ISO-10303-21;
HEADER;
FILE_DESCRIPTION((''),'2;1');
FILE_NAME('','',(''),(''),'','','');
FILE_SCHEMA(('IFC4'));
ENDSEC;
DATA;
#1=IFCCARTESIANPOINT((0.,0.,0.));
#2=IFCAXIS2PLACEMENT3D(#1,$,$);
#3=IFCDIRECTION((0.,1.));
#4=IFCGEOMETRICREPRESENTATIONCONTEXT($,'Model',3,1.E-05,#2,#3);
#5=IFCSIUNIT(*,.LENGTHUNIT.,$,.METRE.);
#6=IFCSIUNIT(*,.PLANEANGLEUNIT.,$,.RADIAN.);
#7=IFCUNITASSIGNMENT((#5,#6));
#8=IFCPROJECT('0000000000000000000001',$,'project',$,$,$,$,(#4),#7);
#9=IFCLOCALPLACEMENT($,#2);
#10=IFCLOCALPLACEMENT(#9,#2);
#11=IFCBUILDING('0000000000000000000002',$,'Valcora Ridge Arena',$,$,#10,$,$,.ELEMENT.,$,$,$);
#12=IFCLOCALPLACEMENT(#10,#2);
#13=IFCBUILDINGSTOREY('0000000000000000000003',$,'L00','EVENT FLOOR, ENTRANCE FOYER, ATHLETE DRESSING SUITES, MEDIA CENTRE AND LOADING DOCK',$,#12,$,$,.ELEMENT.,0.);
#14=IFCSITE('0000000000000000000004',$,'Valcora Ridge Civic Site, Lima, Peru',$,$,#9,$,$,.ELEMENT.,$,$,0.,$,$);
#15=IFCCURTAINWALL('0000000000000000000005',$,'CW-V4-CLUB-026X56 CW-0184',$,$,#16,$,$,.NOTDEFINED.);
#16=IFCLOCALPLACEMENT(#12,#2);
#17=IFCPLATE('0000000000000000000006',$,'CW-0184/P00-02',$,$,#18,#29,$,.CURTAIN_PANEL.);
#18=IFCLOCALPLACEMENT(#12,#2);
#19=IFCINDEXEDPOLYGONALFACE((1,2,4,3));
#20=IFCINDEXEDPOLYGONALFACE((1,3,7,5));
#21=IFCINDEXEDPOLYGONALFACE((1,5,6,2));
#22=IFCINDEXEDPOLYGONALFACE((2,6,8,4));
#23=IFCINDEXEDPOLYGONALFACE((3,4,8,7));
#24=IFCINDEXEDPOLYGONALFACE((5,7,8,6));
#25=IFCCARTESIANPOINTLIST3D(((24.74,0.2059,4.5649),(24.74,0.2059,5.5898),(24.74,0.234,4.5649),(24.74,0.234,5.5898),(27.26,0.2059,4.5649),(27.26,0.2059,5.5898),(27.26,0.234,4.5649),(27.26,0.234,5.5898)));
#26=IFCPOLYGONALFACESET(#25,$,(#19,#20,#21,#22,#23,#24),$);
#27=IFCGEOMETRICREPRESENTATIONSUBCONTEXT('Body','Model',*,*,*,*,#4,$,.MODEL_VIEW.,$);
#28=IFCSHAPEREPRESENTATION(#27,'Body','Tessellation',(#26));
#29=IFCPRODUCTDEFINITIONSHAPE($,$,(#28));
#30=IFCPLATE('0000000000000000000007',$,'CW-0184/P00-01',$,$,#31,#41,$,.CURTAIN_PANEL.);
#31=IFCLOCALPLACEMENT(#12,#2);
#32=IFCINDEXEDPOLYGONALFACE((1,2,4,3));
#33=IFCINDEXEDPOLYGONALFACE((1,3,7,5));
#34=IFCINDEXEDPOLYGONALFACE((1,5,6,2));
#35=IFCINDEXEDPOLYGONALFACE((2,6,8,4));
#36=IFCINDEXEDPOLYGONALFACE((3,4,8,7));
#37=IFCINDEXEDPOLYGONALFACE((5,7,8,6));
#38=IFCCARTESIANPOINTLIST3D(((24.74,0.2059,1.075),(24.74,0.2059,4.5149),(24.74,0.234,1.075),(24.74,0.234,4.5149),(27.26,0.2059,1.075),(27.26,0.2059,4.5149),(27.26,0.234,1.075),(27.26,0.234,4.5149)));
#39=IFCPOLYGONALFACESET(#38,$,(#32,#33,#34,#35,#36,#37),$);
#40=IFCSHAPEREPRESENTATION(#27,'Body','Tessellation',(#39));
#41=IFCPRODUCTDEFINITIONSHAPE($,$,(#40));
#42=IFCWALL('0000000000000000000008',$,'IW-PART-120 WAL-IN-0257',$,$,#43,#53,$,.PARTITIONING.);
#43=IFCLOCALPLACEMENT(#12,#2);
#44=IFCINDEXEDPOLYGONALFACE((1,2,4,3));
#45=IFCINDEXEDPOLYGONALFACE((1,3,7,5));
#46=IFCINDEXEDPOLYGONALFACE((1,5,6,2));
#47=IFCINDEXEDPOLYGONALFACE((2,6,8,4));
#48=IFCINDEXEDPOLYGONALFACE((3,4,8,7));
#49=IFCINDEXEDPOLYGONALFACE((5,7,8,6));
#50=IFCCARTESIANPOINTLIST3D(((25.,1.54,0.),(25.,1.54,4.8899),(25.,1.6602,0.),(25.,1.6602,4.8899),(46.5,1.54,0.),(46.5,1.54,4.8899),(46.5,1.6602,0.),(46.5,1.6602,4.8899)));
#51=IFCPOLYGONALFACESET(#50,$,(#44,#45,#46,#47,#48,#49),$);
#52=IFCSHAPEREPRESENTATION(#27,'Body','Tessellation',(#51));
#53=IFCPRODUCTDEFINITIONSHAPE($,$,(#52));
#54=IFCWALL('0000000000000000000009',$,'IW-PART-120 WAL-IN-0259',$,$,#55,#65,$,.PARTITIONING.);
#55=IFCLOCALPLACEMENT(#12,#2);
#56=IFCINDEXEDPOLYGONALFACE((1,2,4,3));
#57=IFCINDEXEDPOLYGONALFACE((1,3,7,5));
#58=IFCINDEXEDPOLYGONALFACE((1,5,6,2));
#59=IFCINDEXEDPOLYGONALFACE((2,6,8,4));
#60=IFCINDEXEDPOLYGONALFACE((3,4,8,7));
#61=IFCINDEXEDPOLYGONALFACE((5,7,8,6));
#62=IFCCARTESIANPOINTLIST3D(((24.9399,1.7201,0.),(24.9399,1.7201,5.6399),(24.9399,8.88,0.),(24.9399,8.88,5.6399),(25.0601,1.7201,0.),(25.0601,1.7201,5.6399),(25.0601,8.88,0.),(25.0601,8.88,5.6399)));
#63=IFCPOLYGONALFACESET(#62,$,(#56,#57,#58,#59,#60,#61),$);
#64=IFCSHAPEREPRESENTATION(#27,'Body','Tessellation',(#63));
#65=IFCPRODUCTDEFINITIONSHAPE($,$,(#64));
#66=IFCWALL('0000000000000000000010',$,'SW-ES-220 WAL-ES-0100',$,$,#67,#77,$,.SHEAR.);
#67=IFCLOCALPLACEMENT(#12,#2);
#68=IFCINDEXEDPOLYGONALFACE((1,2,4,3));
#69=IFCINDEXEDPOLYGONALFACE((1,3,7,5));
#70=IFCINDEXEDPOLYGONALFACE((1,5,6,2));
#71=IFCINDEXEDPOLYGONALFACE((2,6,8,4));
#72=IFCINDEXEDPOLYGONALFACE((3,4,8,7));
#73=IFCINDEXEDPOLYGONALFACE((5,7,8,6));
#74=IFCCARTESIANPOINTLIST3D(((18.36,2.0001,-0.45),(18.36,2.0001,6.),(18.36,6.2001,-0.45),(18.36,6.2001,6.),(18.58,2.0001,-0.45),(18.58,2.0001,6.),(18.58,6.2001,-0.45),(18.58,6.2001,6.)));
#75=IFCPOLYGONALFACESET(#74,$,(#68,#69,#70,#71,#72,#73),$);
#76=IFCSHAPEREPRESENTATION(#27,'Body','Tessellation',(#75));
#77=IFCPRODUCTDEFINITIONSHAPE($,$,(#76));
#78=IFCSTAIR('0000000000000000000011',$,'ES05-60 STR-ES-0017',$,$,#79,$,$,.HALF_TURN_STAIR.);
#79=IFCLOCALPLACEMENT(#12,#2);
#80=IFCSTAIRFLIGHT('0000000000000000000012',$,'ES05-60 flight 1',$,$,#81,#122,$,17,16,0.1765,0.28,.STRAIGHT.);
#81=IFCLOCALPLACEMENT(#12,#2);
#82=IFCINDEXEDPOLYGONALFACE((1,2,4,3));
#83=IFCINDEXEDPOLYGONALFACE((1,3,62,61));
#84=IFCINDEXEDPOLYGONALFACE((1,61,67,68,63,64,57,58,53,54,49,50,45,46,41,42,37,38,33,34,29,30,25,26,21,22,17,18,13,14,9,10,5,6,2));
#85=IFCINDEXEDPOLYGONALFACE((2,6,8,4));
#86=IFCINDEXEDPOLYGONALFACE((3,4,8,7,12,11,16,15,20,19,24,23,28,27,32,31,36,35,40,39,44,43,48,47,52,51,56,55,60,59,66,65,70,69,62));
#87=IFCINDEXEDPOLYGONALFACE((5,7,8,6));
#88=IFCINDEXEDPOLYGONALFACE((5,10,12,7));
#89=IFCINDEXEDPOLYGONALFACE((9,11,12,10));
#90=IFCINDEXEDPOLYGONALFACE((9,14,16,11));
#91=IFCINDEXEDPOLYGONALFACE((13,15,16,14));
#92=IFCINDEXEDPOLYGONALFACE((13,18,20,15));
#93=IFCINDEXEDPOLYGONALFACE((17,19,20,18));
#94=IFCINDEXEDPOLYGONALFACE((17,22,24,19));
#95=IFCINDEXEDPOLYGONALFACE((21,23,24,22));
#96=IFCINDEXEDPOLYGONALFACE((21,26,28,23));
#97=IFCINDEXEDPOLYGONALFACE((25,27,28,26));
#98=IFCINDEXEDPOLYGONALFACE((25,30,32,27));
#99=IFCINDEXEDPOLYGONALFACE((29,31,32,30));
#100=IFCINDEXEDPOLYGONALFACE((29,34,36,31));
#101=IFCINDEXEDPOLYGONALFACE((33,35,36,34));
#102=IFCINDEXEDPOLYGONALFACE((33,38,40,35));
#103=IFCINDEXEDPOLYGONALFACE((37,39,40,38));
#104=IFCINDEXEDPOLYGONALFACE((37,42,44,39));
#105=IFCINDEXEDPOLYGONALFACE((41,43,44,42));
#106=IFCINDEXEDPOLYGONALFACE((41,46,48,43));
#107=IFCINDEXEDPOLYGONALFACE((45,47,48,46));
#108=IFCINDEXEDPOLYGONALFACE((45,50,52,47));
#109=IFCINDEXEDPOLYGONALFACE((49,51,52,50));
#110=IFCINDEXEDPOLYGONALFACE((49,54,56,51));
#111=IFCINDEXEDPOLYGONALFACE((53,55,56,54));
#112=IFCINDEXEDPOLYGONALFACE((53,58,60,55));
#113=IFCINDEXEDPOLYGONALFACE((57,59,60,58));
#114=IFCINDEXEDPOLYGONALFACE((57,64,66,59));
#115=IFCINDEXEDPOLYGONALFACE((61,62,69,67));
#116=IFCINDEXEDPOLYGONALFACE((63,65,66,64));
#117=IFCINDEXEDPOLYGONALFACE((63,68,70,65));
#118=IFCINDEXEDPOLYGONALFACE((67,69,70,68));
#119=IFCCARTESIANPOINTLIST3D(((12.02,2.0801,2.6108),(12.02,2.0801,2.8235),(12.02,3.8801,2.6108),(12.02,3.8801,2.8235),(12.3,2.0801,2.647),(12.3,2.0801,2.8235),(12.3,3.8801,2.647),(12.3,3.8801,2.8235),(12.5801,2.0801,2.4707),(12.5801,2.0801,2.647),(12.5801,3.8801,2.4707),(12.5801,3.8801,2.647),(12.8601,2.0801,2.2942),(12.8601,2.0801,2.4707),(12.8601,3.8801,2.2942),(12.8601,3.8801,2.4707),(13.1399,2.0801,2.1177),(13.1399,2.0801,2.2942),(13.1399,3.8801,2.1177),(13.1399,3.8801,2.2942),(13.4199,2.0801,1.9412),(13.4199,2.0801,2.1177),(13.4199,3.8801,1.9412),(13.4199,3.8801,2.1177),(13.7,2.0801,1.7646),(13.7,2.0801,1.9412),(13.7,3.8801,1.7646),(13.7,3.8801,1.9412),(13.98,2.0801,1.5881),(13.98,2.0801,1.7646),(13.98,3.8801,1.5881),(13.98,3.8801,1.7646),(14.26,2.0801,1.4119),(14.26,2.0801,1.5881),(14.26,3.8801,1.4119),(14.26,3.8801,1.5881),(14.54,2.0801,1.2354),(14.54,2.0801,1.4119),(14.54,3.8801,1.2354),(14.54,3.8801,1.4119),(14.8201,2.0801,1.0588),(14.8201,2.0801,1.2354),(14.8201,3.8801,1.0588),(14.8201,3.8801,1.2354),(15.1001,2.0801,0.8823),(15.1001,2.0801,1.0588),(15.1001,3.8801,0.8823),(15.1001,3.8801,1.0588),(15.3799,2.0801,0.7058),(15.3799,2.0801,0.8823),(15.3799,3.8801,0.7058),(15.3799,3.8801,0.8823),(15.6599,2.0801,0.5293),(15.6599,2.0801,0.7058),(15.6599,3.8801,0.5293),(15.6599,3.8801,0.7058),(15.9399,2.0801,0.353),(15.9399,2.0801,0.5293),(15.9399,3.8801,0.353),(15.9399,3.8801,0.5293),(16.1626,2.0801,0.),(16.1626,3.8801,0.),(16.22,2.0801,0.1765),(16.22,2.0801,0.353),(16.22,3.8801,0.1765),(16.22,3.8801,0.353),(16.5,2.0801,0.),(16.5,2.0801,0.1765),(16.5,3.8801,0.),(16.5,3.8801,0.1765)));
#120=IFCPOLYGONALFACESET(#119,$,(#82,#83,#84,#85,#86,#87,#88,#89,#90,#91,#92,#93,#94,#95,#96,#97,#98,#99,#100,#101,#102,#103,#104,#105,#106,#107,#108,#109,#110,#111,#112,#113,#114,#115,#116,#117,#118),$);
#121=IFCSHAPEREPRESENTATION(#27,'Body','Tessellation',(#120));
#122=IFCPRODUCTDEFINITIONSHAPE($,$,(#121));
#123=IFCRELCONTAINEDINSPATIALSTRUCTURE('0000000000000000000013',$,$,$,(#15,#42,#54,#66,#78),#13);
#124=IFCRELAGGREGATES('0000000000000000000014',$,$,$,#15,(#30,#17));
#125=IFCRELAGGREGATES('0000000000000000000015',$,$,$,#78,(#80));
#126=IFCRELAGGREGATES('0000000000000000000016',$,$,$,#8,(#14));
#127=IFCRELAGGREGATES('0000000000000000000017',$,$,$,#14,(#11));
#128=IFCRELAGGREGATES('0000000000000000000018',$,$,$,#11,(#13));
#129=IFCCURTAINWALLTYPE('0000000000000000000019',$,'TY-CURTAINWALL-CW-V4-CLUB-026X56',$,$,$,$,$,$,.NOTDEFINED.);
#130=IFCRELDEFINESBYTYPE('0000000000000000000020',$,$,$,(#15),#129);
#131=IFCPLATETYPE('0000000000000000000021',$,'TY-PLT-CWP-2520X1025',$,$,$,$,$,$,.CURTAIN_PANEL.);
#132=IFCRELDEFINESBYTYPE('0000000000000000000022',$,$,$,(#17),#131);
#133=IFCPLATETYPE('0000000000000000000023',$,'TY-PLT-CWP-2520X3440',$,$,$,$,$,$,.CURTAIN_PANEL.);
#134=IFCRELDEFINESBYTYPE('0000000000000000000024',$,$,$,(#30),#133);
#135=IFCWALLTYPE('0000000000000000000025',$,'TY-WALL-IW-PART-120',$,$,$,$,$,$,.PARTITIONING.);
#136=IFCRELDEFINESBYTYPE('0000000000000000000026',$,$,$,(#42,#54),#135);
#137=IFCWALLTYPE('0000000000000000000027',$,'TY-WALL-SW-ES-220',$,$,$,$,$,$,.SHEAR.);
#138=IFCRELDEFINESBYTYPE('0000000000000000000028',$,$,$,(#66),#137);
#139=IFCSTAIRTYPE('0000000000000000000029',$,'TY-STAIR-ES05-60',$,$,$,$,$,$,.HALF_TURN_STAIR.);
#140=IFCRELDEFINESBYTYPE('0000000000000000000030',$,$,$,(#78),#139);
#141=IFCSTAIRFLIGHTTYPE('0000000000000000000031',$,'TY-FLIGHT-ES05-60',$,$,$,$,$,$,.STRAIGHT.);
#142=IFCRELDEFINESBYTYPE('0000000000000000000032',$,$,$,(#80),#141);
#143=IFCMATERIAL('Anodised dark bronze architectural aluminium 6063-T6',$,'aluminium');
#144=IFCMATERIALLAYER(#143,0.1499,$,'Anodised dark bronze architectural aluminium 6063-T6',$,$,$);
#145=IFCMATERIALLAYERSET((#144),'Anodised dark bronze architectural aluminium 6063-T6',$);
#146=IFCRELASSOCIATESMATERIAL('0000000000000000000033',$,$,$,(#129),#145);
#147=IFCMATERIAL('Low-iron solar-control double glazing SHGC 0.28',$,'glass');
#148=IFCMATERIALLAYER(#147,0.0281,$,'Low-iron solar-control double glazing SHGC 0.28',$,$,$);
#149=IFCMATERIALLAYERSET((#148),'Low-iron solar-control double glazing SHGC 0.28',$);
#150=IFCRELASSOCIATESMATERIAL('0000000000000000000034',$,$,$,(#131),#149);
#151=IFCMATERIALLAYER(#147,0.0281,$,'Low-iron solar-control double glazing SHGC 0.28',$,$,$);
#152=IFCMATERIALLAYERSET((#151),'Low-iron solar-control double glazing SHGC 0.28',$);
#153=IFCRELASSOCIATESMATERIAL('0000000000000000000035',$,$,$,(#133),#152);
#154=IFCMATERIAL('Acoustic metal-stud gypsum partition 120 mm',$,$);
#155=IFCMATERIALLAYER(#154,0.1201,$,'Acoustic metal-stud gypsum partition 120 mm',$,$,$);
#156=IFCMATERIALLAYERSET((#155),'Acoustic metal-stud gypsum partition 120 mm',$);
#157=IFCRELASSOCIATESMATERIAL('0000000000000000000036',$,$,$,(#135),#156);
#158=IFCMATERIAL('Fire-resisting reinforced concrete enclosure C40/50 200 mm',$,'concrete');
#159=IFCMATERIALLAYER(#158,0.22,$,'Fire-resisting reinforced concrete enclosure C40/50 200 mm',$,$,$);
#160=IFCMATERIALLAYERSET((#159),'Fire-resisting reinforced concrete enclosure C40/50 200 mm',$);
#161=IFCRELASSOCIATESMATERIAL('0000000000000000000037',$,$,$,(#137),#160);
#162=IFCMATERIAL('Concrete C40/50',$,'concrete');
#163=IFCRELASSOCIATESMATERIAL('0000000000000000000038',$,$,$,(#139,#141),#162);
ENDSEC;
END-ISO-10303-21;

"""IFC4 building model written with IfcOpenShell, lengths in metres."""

from ifc_helpers import new_model, si_unit, direction, frame, frame_2d, origin, origin_2d, place, context, subcontext, project, spatial, polyline, rectangle, outline, extrude, material, layer, layer_set, type_object, element, aggregate, save


model = new_model("IFC4")

# Units and contexts
model_context = context("Model", 3, precision=1e-05, world=origin(), true_north=direction((0.0, 1.0)))
body_context = subcontext(model_context, "Body", "Model", "MODEL_VIEW")
ifc_project = project(units=[si_unit("LENGTHUNIT", "METRE"), si_unit("PLANEANGLEUNIT", "RADIAN")], contexts=[model_context])

# Site, building, storey
site_placement = place(None, origin())
site = spatial("IfcSite", under=ifc_project, at=site_placement, Name="Valcora Ridge Civic Site, Lima, Peru", CompositionType="ELEMENT", RefElevation=0.0)
building_placement = place(site_placement, origin())
building = spatial("IfcBuilding", under=site, at=building_placement, Name="Valcora Ridge Arena", CompositionType="ELEMENT")
storey_placement = place(building_placement, origin())
storey = spatial("IfcBuildingStorey", under=building, at=storey_placement, Name="L00", Description="EVENT FLOOR, ENTRANCE FOYER, ATHLETE DRESSING SUITES, MEDIA CENTRE AND LOADING DOCK", CompositionType="ELEMENT", Elevation=0.0)

# Shared definitions
ifc_material_1 = material(Name="Concrete C40/50", Category="concrete")
ifc_material_2 = material(Name="Fire-resisting reinforced concrete enclosure C40/50 200 mm", Category="concrete")

# Curtain wall
ifc_material_3 = material(Name="Anodised dark bronze architectural aluminium 6063-T6", Category="aluminium")
ifc_layer_1 = layer(ifc_material_3, 0.1499, Name="Anodised dark bronze architectural aluminium 6063-T6")
ifc_layer_set_1 = layer_set([ifc_layer_1], Name="Anodised dark bronze architectural aluminium 6063-T6")
curtain_wall_type_1 = type_object("IfcCurtainWallType", Name="TY-CURTAINWALL-CW-V4-CLUB-026X56", PredefinedType="NOTDEFINED", material=ifc_layer_set_1)
curtain_wall_1_placement = place(storey_placement, origin())
curtain_wall_1 = element("IfcCurtainWall", 1, at=curtain_wall_1_placement, inside=storey, type_object=curtain_wall_type_1, Name="CW-V4-CLUB-026X56 CW-0184", PredefinedType="NOTDEFINED")

# Plates
ifc_material_4 = material(Name="Low-iron solar-control double glazing SHGC 0.28", Category="glass")
ifc_layer_2 = layer(ifc_material_4, 0.0281, Name="Low-iron solar-control double glazing SHGC 0.28")
ifc_layer_set_2 = layer_set([ifc_layer_2], Name="Low-iron solar-control double glazing SHGC 0.28")
plate_type_1 = type_object("IfcPlateType", Name="TY-PLT-CWP-2520X1025", PredefinedType="CURTAIN_PANEL", material=ifc_layer_set_2)
plate_1_placement = place(storey_placement, frame((26.0, 0.22, 4.5649), z_axis=(0.0, 0.0, 1.0), x_axis=(1.0, 0.0, 0.0)))
plate_1 = element("IfcPlate", 2, at=plate_1_placement, type_object=plate_type_1, Name="CW-0184/P00-02", PredefinedType="CURTAIN_PANEL", context=body_context, shape_type="SweptSolid", body=[
    extrude(rectangle(XDim=2.52, YDim=0.0281, at=origin_2d()), origin(), (0.0, 0.0, 1.0), 1.0249),
])
ifc_layer_3 = layer(ifc_material_4, 0.0281, Name="Low-iron solar-control double glazing SHGC 0.28")
ifc_layer_set_3 = layer_set([ifc_layer_3], Name="Low-iron solar-control double glazing SHGC 0.28")
plate_type_2 = type_object("IfcPlateType", Name="TY-PLT-CWP-2520X3440", PredefinedType="CURTAIN_PANEL", material=ifc_layer_set_3)
plate_2_placement = place(storey_placement, frame((26.0, 0.22, 1.075), z_axis=(0.0, 0.0, 1.0), x_axis=(1.0, 0.0, 0.0)))
plate_2 = element("IfcPlate", 3, at=plate_2_placement, type_object=plate_type_2, Name="CW-0184/P00-01", PredefinedType="CURTAIN_PANEL", context=body_context, shape_type="SweptSolid", body=[
    extrude(rectangle(XDim=2.52, YDim=0.0281, at=origin_2d()), origin(), (0.0, 0.0, 1.0), 3.4399),
])
aggregate(curtain_wall_1, [plate_2, plate_1])

# Walls
ifc_material_5 = material(Name="Acoustic metal-stud gypsum partition 120 mm")
ifc_layer_4 = layer(ifc_material_5, 0.1201, Name="Acoustic metal-stud gypsum partition 120 mm")
ifc_layer_set_4 = layer_set([ifc_layer_4], Name="Acoustic metal-stud gypsum partition 120 mm")
wall_type_1 = type_object("IfcWallType", Name="TY-WALL-IW-PART-120", PredefinedType="PARTITIONING", material=ifc_layer_set_4)
wall_1_placement = place(storey_placement, frame((25.0, 1.6001, 0.0), z_axis=(0.0, 0.0, 1.0), x_axis=(1.0, 0.0, 0.0)))
element("IfcWall", 4, at=wall_1_placement, inside=storey, type_object=wall_type_1, Name="IW-PART-120 WAL-IN-0257", PredefinedType="PARTITIONING", context=body_context, shape_type="SweptSolid", body=[
    extrude(rectangle(XDim=21.5, YDim=0.1201, at=frame_2d((10.75, 0.0))), origin(), (0.0, 0.0, 1.0), 4.8899),
])
wall_2_placement = place(storey_placement, frame((25.0, 1.72, 0.0), z_axis=(0.0, 0.0, 1.0), x_axis=(0.0, 1.0, 0.0)))
element("IfcWall", 5, at=wall_2_placement, inside=storey, type_object=wall_type_1, Name="IW-PART-120 WAL-IN-0259", PredefinedType="PARTITIONING", context=body_context, shape_type="SweptSolid", body=[
    extrude(rectangle(XDim=7.1599, YDim=0.1201, at=frame_2d((3.5801, 0.0))), origin(), (0.0, 0.0, 1.0), 5.6399),
])
ifc_layer_5 = layer(ifc_material_2, 0.22, Name="Fire-resisting reinforced concrete enclosure C40/50 200 mm")
ifc_layer_set_5 = layer_set([ifc_layer_5], Name="Fire-resisting reinforced concrete enclosure C40/50 200 mm")
wall_type_2 = type_object("IfcWallType", Name="TY-WALL-SW-ES-220", PredefinedType="SHEAR", material=ifc_layer_set_5)
wall_3_placement = place(storey_placement, frame((18.47, 2.0, -0.45), z_axis=(0.0, 0.0, 1.0), x_axis=(0.0, 1.0, 0.0)))
element("IfcWall", 6, at=wall_3_placement, inside=storey, type_object=wall_type_2, Name="SW-ES-220 WAL-ES-0100", PredefinedType="SHEAR", context=body_context, shape_type="SweptSolid", body=[
    extrude(rectangle(XDim=4.2, YDim=0.22, at=frame_2d((2.1001, 0.0))), origin(), (0.0, 0.0, 1.0), 6.45),
])

# Stair, stair flight
stair_type = type_object("IfcStairType", Name="TY-STAIR-ES05-60", PredefinedType="HALF_TURN_STAIR", material=ifc_material_1)
stair_placement = place(storey_placement, origin())
stair = element("IfcStair", 7, at=stair_placement, inside=storey, type_object=stair_type, Name="ES05-60 STR-ES-0017", PredefinedType="HALF_TURN_STAIR")
stair_flight_type = type_object("IfcStairFlightType", Name="TY-FLIGHT-ES05-60", PredefinedType="STRAIGHT", material=ifc_material_1)
stair_flight_placement = place(storey_placement, frame((16.5, 2.98, 0.0), z_axis=(0.0, 0.0, 1.0), x_axis=(-1.0, 0.0, 0.0)))
stair_flight = element("IfcStairFlight", 8, at=stair_flight_placement, type_object=stair_flight_type, Name="ES05-60 flight 1", NumberOfRisers=17, NumberOfTreads=16, PredefinedType="STRAIGHT", RiserHeight=0.1765, TreadLength=0.28, context=body_context, shape_type="SweptSolid", body=[
    extrude(outline(polyline([(0.0, 0.0), (0.0, 0.1765), (0.28, 0.1765), (0.28, 0.353), (0.5601, 0.353), (0.5601, 0.5293), (0.8401, 0.5293), (0.8401, 0.7058), (1.1201, 0.7058), (1.1201, 0.8823), (1.3999, 0.8823), (1.3999, 1.0588), (1.6799, 1.0588), (1.6799, 1.2354), (1.96, 1.2354), (1.96, 1.4119), (2.24, 1.4119), (2.24, 1.5881), (2.52, 1.5881), (2.52, 1.7646), (2.8, 1.7646), (2.8, 1.9412), (3.0801, 1.9412), (3.0801, 2.1177), (3.3601, 2.1177), (3.3601, 2.2942), (3.6399, 2.2942), (3.6399, 2.4707), (3.9199, 2.4707), (3.9199, 2.647), (4.2, 2.647), (4.2, 2.8235), (4.48, 2.8235), (4.48, 3.0), (4.48, 2.6108), (0.3374, 0.0), (0.0, 0.0)])), frame((0.0, 0.8999, 0.0), z_axis=(0.0, -1.0, 0.0), x_axis=(1.0, 0.0, 0.0)), (0.0, 0.0, 1.0), 1.8),
])
aggregate(stair, [stair_flight])

save(model, "model.ifc")
